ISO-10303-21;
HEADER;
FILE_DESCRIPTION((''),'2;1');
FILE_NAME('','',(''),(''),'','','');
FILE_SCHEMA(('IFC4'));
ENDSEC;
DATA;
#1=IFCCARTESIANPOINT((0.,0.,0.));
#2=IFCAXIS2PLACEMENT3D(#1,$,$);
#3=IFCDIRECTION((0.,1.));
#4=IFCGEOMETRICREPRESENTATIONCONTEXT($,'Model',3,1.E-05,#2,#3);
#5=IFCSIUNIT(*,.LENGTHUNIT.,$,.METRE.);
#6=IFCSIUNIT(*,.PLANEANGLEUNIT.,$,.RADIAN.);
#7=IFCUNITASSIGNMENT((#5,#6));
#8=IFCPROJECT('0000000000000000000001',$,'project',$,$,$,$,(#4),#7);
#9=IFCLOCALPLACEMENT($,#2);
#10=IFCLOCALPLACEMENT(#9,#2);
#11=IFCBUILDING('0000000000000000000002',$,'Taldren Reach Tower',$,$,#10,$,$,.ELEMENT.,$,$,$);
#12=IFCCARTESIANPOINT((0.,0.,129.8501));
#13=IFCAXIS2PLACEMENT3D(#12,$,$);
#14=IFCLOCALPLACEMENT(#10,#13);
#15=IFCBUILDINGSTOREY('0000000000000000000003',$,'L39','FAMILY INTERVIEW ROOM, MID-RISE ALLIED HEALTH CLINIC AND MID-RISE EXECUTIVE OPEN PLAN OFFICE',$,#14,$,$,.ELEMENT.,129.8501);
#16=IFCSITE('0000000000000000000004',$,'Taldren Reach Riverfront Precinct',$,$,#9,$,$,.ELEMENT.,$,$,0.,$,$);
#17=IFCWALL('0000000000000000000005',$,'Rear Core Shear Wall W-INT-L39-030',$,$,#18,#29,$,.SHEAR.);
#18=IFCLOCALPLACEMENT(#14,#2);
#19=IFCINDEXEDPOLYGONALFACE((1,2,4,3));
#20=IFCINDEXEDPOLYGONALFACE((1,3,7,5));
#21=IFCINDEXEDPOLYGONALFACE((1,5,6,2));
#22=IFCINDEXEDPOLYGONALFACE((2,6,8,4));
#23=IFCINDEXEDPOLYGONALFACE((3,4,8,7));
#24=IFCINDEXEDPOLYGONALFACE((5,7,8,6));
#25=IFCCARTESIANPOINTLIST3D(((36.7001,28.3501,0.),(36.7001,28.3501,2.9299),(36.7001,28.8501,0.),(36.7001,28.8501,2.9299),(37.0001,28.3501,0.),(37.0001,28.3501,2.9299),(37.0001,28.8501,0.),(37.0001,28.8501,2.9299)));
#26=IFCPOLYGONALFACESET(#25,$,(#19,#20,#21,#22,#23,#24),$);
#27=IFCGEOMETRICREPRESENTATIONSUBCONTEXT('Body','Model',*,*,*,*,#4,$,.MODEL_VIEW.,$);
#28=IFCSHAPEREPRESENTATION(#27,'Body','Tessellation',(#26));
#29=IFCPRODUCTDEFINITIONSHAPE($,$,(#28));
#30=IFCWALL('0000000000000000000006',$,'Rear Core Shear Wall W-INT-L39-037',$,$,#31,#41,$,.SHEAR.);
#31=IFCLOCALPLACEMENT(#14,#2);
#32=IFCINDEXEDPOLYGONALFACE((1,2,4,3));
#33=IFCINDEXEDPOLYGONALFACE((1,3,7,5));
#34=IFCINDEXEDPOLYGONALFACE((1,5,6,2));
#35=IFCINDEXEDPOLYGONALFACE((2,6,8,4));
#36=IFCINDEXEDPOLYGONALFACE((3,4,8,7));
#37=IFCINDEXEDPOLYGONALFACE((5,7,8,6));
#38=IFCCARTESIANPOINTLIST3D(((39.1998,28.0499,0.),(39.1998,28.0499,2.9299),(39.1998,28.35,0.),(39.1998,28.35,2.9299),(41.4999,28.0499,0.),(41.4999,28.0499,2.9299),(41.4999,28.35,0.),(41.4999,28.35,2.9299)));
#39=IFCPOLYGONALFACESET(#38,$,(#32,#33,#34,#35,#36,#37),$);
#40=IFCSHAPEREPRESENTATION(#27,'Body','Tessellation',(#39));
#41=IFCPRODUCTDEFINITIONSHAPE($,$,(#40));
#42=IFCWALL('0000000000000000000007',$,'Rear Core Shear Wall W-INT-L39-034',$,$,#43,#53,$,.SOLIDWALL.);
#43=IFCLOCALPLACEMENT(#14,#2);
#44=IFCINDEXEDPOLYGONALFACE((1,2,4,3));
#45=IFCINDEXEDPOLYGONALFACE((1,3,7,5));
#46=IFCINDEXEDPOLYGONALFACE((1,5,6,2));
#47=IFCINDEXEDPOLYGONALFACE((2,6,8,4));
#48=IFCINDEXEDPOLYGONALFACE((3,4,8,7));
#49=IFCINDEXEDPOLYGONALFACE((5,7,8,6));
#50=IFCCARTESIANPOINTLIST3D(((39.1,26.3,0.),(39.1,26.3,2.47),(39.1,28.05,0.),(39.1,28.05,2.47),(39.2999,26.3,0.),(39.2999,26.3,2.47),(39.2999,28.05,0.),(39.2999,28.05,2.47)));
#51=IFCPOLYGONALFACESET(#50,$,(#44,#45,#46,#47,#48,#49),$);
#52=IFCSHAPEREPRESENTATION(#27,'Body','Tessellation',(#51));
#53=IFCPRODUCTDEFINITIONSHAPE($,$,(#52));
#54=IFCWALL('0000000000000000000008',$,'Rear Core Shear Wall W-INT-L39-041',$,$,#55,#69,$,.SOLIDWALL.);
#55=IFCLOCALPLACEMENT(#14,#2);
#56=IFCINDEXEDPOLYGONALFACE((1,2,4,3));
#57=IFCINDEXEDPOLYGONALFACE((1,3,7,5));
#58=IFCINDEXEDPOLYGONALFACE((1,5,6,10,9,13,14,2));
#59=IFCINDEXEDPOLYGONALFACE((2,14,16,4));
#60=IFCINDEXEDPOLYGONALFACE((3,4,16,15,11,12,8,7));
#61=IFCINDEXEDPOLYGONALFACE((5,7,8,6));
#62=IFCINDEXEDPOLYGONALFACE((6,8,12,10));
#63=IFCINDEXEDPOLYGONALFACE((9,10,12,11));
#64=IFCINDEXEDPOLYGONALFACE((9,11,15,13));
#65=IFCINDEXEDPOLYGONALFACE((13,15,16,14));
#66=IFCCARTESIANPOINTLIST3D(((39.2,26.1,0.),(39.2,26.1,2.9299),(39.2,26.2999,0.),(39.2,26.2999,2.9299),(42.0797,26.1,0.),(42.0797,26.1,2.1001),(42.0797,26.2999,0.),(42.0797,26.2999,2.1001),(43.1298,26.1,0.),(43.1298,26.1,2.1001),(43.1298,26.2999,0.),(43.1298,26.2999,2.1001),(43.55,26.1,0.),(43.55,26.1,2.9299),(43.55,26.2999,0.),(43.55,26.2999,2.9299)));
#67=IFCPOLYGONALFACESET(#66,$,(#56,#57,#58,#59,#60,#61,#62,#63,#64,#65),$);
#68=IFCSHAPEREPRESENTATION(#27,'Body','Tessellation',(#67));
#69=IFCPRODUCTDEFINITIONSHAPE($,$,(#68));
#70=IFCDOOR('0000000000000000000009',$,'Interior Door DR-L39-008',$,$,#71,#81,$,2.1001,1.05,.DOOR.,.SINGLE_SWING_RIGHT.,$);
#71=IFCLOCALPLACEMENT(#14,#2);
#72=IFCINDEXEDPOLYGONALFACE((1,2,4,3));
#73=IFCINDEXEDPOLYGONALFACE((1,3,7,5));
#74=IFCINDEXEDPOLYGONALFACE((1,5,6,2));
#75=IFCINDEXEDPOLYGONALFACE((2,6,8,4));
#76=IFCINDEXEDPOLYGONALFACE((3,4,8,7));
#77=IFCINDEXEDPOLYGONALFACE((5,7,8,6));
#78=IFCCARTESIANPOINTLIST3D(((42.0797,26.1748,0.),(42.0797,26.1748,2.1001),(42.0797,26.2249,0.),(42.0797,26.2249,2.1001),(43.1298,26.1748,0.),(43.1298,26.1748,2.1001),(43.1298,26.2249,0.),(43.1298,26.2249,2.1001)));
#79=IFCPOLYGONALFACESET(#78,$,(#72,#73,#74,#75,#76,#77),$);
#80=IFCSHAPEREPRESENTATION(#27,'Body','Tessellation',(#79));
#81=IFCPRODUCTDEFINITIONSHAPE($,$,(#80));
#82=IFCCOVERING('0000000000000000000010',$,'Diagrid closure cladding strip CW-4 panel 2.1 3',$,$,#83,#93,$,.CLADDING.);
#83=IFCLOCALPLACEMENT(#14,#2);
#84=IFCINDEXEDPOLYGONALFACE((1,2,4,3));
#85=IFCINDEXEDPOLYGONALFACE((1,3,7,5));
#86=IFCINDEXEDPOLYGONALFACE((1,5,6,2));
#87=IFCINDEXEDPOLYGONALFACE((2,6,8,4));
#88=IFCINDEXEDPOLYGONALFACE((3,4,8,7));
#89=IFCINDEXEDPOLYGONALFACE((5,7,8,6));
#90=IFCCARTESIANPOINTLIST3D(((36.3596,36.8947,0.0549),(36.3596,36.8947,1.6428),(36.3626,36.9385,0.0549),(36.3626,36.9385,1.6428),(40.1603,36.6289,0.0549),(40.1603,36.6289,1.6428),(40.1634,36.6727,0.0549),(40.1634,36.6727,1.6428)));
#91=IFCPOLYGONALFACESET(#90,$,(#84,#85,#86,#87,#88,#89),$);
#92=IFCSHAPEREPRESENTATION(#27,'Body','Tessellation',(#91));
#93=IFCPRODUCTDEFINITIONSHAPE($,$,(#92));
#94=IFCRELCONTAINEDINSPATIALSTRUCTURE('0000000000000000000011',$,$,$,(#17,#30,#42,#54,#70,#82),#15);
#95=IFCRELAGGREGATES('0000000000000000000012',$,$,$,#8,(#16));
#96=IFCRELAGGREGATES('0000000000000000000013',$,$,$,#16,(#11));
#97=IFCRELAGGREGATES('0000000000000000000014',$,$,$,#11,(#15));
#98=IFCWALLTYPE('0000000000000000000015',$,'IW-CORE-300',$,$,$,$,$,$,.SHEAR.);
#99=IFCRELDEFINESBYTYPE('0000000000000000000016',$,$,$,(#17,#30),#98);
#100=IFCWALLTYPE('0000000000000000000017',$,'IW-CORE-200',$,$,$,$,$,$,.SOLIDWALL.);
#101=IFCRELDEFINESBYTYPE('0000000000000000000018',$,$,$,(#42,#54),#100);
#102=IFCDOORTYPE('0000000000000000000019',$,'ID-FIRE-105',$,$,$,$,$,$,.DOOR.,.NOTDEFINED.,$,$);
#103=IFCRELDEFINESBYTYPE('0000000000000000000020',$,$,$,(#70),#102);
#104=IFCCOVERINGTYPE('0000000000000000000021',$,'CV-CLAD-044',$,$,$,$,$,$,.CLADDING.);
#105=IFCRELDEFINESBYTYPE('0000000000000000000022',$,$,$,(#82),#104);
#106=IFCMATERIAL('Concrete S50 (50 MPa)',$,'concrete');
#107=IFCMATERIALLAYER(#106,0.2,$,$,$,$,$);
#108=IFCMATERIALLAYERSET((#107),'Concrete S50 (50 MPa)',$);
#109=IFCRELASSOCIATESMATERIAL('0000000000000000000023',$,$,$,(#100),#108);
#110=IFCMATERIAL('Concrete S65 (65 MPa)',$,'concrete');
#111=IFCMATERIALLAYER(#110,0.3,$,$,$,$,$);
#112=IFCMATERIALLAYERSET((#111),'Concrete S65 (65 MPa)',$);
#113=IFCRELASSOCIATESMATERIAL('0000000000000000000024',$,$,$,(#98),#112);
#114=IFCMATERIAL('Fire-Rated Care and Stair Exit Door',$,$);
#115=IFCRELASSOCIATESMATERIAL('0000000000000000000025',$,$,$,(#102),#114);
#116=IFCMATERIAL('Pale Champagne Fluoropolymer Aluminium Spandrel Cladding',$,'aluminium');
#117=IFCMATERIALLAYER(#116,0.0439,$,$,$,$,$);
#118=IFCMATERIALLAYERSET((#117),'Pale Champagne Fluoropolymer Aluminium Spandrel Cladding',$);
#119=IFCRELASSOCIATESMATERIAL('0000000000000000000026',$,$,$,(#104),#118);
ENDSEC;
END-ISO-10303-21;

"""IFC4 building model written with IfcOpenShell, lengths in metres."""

from ifc_helpers import new_model, si_unit, direction, frame, frame_2d, origin, origin_2d, place, context, subcontext, project, spatial, rectangle, extrude, source, transform, mapped, material, layer, layer_set, type_object, element, fill, save


model = new_model("IFC4")

# Units and contexts
model_context = context("Model", 3, precision=1e-05, world=origin(), true_north=direction((0.0, 1.0)))
body_context = subcontext(model_context, "Body", "Model", "MODEL_VIEW")
ifc_project = project(units=[si_unit("LENGTHUNIT", "METRE"), si_unit("PLANEANGLEUNIT", "RADIAN")], contexts=[model_context])

# Site, building, storey
site_placement = place(None, origin())
site = spatial("IfcSite", under=ifc_project, at=site_placement, Name="Taldren Reach Riverfront Precinct", CompositionType="ELEMENT", RefElevation=0.0)
building_placement = place(site_placement, origin())
building = spatial("IfcBuilding", under=site, at=building_placement, Name="Taldren Reach Tower", CompositionType="ELEMENT")
storey_placement = place(building_placement, frame((0.0, 0.0, 129.8501)))
storey = spatial("IfcBuildingStorey", under=building, at=storey_placement, Name="L39", Description="FAMILY INTERVIEW ROOM, MID-RISE ALLIED HEALTH CLINIC AND MID-RISE EXECUTIVE OPEN PLAN OFFICE", CompositionType="ELEMENT", Elevation=129.8501)

# Wall
ifc_material_1 = material(Name="Concrete S50 (50 MPa)", Category="concrete")
ifc_layer_1 = layer(ifc_material_1, 0.2)
ifc_layer_set_1 = layer_set([ifc_layer_1], Name="Concrete S50 (50 MPa)")
wall_type_1 = type_object("IfcWallType", Name="IW-CORE-200", PredefinedType="SOLIDWALL", material=ifc_layer_set_1)
ifc_material_2 = material(Name="Concrete S65 (65 MPa)", Category="concrete")
ifc_layer_2 = layer(ifc_material_2, 0.3)
ifc_layer_set_2 = layer_set([ifc_layer_2], Name="Concrete S65 (65 MPa)")
wall_type_2 = type_object("IfcWallType", Name="IW-CORE-300", PredefinedType="SHEAR", material=ifc_layer_set_2)
shared_shape_1 = source(origin(), body_context, "Body", "SweptSolid", [
    extrude(rectangle(XDim=0.5, YDim=0.3, at=frame_2d((0.25, 0.0))), origin(), (0.0, 0.0, 1.0), 2.9299),
])
for number, where, z_axis, x_axis, name in (
    (1, (36.8501, 28.8501, 0.0), (0.0, 0.0, 1.0), (0.0, -1.0, 0.0), "Rear Core Shear Wall W-INT-L39-030"),
):
    element("IfcWall", number, at=place(storey_placement, frame(where, z_axis=z_axis, x_axis=x_axis)), inside=storey, type_object=wall_type_2, Name=name, PredefinedType="SHEAR", context=body_context, shape_type="MappedRepresentation", body=[
        mapped(shared_shape_1, transform((0.0, 0.0, 0.0), scale=1.0)),
    ])

# Walls
shared_shape_2 = source(origin(), body_context, "Body", "SweptSolid", [
    extrude(rectangle(XDim=2.3, YDim=0.3, at=frame_2d((1.1499, 0.0))), origin(), (0.0, 0.0, 1.0), 2.9299),
])
wall_1_placement = place(storey_placement, frame((39.2, 28.2, 0.0), z_axis=(0.0, 0.0, 1.0), x_axis=(1.0, 0.0, 0.0)))
element("IfcWall", 2, at=wall_1_placement, inside=storey, type_object=wall_type_2, Name="Rear Core Shear Wall W-INT-L39-037", PredefinedType="SHEAR", context=body_context, shape_type="MappedRepresentation", body=[
    mapped(shared_shape_2, transform((0.0, 0.0, 0.0), scale=1.0)),
])
shared_shape_3 = source(origin(), body_context, "Body", "SweptSolid", [
    extrude(rectangle(XDim=1.75, YDim=0.2, at=frame_2d((0.875, 0.0))), origin(), (0.0, 0.0, 1.0), 2.47),
])
wall_2_placement = place(storey_placement, frame((39.2, 28.05, 0.0), z_axis=(0.0, 0.0, 1.0), x_axis=(0.0, -1.0, 0.0)))
element("IfcWall", 3, at=wall_2_placement, inside=storey, type_object=wall_type_1, Name="Rear Core Shear Wall W-INT-L39-034", PredefinedType="SOLIDWALL", context=body_context, shape_type="MappedRepresentation", body=[
    mapped(shared_shape_3, transform((0.0, 0.0, 0.0), scale=1.0)),
])

# Wall, opening, door
shared_shape_4 = source(origin(), body_context, "Body", "SweptSolid", [
    extrude(rectangle(XDim=4.3501, YDim=0.2, at=frame_2d((2.175, 0.0))), origin(), (0.0, 0.0, 1.0), 2.9299),
])
wall_3_placement = place(storey_placement, frame((39.2, 26.2, 0.0), z_axis=(0.0, 0.0, 1.0), x_axis=(1.0, 0.0, 0.0)))
wall_3 = element("IfcWall", 4, at=wall_3_placement, inside=storey, type_object=wall_type_1, Name="Rear Core Shear Wall W-INT-L39-041", PredefinedType="SOLIDWALL", context=body_context, shape_type="MappedRepresentation", body=[
    mapped(shared_shape_4, transform((0.0, 0.0, 0.0), scale=1.0)),
])
shared_shape_5 = source(origin(), body_context, "Body", "SweptSolid", [
    extrude(rectangle(XDim=1.05, YDim=2.1001, at=frame_2d((0.5249, 1.05))), frame((0.0, 0.1099, 0.0), z_axis=(0.0, -1.0, 0.0), x_axis=(1.0, 0.0, 0.0)), (0.0, 0.0, 1.0), 0.22),
])
opening_1_placement = place(wall_3_placement, frame((2.8799, 0.0, 0.0)))
opening_1 = element("IfcOpeningElement", 5, at=opening_1_placement, cuts=wall_3, PredefinedType="OPENING", context=body_context, shape_type="MappedRepresentation", body=[
    mapped(shared_shape_5, transform((0.0, 0.0, 0.0), scale=1.0)),
])
ifc_material_3 = material(Name="Fire-Rated Care and Stair Exit Door")
door_type_1 = type_object("IfcDoorType", Name="ID-FIRE-105", OperationType="NOTDEFINED", PredefinedType="DOOR", material=ifc_material_3)
shared_shape_6 = source(origin(), body_context, "Body", "SweptSolid", [
    extrude(rectangle(XDim=1.05, YDim=2.1001, at=frame_2d((0.5249, 1.05))), frame((0.0, 0.0249, 0.0), z_axis=(0.0, -1.0, 0.0), x_axis=(1.0, 0.0, 0.0)), (0.0, 0.0, 1.0), 0.05),
])
door_1_placement = place(opening_1_placement, origin())
door_1 = element("IfcDoor", 6, at=door_1_placement, inside=storey, type_object=door_type_1, Name="Interior Door DR-L39-008", OperationType="SINGLE_SWING_RIGHT", OverallHeight=2.1001, OverallWidth=1.05, PredefinedType="DOOR", context=body_context, shape_type="MappedRepresentation", body=[
    mapped(shared_shape_6, transform((0.0, 0.0, 0.0), scale=1.0)),
])
fill(opening_1, door_1)

# Covering
ifc_material_4 = material(Name="Pale Champagne Fluoropolymer Aluminium Spandrel Cladding", Category="aluminium")
ifc_layer_3 = layer(ifc_material_4, 0.0439)
ifc_layer_set_3 = layer_set([ifc_layer_3], Name="Pale Champagne Fluoropolymer Aluminium Spandrel Cladding")
covering_type = type_object("IfcCoveringType", Name="CV-CLAD-044", PredefinedType="CLADDING", material=ifc_layer_set_3)
shared_shape_7 = source(origin(), body_context, "Body", "SweptSolid", [
    extrude(rectangle(XDim=3.8101, YDim=0.0439, at=origin_2d()), origin(), (0.0, 0.0, 1.0), 1.5879),
])
covering_placement = place(storey_placement, frame((38.2615, 36.7837, 0.0549), z_axis=(0.0, 0.0, 1.0), x_axis=(-0.997564, 0.069757, 0.0)))
element("IfcCovering", 7, at=covering_placement, inside=storey, type_object=covering_type, Name="Diagrid closure cladding strip CW-4 panel 2.1 3", PredefinedType="CLADDING", context=body_context, shape_type="MappedRepresentation", body=[
    mapped(shared_shape_7, transform((0.0, 0.0, 0.0), scale=1.0)),
])

save(model, "model.ifc")
